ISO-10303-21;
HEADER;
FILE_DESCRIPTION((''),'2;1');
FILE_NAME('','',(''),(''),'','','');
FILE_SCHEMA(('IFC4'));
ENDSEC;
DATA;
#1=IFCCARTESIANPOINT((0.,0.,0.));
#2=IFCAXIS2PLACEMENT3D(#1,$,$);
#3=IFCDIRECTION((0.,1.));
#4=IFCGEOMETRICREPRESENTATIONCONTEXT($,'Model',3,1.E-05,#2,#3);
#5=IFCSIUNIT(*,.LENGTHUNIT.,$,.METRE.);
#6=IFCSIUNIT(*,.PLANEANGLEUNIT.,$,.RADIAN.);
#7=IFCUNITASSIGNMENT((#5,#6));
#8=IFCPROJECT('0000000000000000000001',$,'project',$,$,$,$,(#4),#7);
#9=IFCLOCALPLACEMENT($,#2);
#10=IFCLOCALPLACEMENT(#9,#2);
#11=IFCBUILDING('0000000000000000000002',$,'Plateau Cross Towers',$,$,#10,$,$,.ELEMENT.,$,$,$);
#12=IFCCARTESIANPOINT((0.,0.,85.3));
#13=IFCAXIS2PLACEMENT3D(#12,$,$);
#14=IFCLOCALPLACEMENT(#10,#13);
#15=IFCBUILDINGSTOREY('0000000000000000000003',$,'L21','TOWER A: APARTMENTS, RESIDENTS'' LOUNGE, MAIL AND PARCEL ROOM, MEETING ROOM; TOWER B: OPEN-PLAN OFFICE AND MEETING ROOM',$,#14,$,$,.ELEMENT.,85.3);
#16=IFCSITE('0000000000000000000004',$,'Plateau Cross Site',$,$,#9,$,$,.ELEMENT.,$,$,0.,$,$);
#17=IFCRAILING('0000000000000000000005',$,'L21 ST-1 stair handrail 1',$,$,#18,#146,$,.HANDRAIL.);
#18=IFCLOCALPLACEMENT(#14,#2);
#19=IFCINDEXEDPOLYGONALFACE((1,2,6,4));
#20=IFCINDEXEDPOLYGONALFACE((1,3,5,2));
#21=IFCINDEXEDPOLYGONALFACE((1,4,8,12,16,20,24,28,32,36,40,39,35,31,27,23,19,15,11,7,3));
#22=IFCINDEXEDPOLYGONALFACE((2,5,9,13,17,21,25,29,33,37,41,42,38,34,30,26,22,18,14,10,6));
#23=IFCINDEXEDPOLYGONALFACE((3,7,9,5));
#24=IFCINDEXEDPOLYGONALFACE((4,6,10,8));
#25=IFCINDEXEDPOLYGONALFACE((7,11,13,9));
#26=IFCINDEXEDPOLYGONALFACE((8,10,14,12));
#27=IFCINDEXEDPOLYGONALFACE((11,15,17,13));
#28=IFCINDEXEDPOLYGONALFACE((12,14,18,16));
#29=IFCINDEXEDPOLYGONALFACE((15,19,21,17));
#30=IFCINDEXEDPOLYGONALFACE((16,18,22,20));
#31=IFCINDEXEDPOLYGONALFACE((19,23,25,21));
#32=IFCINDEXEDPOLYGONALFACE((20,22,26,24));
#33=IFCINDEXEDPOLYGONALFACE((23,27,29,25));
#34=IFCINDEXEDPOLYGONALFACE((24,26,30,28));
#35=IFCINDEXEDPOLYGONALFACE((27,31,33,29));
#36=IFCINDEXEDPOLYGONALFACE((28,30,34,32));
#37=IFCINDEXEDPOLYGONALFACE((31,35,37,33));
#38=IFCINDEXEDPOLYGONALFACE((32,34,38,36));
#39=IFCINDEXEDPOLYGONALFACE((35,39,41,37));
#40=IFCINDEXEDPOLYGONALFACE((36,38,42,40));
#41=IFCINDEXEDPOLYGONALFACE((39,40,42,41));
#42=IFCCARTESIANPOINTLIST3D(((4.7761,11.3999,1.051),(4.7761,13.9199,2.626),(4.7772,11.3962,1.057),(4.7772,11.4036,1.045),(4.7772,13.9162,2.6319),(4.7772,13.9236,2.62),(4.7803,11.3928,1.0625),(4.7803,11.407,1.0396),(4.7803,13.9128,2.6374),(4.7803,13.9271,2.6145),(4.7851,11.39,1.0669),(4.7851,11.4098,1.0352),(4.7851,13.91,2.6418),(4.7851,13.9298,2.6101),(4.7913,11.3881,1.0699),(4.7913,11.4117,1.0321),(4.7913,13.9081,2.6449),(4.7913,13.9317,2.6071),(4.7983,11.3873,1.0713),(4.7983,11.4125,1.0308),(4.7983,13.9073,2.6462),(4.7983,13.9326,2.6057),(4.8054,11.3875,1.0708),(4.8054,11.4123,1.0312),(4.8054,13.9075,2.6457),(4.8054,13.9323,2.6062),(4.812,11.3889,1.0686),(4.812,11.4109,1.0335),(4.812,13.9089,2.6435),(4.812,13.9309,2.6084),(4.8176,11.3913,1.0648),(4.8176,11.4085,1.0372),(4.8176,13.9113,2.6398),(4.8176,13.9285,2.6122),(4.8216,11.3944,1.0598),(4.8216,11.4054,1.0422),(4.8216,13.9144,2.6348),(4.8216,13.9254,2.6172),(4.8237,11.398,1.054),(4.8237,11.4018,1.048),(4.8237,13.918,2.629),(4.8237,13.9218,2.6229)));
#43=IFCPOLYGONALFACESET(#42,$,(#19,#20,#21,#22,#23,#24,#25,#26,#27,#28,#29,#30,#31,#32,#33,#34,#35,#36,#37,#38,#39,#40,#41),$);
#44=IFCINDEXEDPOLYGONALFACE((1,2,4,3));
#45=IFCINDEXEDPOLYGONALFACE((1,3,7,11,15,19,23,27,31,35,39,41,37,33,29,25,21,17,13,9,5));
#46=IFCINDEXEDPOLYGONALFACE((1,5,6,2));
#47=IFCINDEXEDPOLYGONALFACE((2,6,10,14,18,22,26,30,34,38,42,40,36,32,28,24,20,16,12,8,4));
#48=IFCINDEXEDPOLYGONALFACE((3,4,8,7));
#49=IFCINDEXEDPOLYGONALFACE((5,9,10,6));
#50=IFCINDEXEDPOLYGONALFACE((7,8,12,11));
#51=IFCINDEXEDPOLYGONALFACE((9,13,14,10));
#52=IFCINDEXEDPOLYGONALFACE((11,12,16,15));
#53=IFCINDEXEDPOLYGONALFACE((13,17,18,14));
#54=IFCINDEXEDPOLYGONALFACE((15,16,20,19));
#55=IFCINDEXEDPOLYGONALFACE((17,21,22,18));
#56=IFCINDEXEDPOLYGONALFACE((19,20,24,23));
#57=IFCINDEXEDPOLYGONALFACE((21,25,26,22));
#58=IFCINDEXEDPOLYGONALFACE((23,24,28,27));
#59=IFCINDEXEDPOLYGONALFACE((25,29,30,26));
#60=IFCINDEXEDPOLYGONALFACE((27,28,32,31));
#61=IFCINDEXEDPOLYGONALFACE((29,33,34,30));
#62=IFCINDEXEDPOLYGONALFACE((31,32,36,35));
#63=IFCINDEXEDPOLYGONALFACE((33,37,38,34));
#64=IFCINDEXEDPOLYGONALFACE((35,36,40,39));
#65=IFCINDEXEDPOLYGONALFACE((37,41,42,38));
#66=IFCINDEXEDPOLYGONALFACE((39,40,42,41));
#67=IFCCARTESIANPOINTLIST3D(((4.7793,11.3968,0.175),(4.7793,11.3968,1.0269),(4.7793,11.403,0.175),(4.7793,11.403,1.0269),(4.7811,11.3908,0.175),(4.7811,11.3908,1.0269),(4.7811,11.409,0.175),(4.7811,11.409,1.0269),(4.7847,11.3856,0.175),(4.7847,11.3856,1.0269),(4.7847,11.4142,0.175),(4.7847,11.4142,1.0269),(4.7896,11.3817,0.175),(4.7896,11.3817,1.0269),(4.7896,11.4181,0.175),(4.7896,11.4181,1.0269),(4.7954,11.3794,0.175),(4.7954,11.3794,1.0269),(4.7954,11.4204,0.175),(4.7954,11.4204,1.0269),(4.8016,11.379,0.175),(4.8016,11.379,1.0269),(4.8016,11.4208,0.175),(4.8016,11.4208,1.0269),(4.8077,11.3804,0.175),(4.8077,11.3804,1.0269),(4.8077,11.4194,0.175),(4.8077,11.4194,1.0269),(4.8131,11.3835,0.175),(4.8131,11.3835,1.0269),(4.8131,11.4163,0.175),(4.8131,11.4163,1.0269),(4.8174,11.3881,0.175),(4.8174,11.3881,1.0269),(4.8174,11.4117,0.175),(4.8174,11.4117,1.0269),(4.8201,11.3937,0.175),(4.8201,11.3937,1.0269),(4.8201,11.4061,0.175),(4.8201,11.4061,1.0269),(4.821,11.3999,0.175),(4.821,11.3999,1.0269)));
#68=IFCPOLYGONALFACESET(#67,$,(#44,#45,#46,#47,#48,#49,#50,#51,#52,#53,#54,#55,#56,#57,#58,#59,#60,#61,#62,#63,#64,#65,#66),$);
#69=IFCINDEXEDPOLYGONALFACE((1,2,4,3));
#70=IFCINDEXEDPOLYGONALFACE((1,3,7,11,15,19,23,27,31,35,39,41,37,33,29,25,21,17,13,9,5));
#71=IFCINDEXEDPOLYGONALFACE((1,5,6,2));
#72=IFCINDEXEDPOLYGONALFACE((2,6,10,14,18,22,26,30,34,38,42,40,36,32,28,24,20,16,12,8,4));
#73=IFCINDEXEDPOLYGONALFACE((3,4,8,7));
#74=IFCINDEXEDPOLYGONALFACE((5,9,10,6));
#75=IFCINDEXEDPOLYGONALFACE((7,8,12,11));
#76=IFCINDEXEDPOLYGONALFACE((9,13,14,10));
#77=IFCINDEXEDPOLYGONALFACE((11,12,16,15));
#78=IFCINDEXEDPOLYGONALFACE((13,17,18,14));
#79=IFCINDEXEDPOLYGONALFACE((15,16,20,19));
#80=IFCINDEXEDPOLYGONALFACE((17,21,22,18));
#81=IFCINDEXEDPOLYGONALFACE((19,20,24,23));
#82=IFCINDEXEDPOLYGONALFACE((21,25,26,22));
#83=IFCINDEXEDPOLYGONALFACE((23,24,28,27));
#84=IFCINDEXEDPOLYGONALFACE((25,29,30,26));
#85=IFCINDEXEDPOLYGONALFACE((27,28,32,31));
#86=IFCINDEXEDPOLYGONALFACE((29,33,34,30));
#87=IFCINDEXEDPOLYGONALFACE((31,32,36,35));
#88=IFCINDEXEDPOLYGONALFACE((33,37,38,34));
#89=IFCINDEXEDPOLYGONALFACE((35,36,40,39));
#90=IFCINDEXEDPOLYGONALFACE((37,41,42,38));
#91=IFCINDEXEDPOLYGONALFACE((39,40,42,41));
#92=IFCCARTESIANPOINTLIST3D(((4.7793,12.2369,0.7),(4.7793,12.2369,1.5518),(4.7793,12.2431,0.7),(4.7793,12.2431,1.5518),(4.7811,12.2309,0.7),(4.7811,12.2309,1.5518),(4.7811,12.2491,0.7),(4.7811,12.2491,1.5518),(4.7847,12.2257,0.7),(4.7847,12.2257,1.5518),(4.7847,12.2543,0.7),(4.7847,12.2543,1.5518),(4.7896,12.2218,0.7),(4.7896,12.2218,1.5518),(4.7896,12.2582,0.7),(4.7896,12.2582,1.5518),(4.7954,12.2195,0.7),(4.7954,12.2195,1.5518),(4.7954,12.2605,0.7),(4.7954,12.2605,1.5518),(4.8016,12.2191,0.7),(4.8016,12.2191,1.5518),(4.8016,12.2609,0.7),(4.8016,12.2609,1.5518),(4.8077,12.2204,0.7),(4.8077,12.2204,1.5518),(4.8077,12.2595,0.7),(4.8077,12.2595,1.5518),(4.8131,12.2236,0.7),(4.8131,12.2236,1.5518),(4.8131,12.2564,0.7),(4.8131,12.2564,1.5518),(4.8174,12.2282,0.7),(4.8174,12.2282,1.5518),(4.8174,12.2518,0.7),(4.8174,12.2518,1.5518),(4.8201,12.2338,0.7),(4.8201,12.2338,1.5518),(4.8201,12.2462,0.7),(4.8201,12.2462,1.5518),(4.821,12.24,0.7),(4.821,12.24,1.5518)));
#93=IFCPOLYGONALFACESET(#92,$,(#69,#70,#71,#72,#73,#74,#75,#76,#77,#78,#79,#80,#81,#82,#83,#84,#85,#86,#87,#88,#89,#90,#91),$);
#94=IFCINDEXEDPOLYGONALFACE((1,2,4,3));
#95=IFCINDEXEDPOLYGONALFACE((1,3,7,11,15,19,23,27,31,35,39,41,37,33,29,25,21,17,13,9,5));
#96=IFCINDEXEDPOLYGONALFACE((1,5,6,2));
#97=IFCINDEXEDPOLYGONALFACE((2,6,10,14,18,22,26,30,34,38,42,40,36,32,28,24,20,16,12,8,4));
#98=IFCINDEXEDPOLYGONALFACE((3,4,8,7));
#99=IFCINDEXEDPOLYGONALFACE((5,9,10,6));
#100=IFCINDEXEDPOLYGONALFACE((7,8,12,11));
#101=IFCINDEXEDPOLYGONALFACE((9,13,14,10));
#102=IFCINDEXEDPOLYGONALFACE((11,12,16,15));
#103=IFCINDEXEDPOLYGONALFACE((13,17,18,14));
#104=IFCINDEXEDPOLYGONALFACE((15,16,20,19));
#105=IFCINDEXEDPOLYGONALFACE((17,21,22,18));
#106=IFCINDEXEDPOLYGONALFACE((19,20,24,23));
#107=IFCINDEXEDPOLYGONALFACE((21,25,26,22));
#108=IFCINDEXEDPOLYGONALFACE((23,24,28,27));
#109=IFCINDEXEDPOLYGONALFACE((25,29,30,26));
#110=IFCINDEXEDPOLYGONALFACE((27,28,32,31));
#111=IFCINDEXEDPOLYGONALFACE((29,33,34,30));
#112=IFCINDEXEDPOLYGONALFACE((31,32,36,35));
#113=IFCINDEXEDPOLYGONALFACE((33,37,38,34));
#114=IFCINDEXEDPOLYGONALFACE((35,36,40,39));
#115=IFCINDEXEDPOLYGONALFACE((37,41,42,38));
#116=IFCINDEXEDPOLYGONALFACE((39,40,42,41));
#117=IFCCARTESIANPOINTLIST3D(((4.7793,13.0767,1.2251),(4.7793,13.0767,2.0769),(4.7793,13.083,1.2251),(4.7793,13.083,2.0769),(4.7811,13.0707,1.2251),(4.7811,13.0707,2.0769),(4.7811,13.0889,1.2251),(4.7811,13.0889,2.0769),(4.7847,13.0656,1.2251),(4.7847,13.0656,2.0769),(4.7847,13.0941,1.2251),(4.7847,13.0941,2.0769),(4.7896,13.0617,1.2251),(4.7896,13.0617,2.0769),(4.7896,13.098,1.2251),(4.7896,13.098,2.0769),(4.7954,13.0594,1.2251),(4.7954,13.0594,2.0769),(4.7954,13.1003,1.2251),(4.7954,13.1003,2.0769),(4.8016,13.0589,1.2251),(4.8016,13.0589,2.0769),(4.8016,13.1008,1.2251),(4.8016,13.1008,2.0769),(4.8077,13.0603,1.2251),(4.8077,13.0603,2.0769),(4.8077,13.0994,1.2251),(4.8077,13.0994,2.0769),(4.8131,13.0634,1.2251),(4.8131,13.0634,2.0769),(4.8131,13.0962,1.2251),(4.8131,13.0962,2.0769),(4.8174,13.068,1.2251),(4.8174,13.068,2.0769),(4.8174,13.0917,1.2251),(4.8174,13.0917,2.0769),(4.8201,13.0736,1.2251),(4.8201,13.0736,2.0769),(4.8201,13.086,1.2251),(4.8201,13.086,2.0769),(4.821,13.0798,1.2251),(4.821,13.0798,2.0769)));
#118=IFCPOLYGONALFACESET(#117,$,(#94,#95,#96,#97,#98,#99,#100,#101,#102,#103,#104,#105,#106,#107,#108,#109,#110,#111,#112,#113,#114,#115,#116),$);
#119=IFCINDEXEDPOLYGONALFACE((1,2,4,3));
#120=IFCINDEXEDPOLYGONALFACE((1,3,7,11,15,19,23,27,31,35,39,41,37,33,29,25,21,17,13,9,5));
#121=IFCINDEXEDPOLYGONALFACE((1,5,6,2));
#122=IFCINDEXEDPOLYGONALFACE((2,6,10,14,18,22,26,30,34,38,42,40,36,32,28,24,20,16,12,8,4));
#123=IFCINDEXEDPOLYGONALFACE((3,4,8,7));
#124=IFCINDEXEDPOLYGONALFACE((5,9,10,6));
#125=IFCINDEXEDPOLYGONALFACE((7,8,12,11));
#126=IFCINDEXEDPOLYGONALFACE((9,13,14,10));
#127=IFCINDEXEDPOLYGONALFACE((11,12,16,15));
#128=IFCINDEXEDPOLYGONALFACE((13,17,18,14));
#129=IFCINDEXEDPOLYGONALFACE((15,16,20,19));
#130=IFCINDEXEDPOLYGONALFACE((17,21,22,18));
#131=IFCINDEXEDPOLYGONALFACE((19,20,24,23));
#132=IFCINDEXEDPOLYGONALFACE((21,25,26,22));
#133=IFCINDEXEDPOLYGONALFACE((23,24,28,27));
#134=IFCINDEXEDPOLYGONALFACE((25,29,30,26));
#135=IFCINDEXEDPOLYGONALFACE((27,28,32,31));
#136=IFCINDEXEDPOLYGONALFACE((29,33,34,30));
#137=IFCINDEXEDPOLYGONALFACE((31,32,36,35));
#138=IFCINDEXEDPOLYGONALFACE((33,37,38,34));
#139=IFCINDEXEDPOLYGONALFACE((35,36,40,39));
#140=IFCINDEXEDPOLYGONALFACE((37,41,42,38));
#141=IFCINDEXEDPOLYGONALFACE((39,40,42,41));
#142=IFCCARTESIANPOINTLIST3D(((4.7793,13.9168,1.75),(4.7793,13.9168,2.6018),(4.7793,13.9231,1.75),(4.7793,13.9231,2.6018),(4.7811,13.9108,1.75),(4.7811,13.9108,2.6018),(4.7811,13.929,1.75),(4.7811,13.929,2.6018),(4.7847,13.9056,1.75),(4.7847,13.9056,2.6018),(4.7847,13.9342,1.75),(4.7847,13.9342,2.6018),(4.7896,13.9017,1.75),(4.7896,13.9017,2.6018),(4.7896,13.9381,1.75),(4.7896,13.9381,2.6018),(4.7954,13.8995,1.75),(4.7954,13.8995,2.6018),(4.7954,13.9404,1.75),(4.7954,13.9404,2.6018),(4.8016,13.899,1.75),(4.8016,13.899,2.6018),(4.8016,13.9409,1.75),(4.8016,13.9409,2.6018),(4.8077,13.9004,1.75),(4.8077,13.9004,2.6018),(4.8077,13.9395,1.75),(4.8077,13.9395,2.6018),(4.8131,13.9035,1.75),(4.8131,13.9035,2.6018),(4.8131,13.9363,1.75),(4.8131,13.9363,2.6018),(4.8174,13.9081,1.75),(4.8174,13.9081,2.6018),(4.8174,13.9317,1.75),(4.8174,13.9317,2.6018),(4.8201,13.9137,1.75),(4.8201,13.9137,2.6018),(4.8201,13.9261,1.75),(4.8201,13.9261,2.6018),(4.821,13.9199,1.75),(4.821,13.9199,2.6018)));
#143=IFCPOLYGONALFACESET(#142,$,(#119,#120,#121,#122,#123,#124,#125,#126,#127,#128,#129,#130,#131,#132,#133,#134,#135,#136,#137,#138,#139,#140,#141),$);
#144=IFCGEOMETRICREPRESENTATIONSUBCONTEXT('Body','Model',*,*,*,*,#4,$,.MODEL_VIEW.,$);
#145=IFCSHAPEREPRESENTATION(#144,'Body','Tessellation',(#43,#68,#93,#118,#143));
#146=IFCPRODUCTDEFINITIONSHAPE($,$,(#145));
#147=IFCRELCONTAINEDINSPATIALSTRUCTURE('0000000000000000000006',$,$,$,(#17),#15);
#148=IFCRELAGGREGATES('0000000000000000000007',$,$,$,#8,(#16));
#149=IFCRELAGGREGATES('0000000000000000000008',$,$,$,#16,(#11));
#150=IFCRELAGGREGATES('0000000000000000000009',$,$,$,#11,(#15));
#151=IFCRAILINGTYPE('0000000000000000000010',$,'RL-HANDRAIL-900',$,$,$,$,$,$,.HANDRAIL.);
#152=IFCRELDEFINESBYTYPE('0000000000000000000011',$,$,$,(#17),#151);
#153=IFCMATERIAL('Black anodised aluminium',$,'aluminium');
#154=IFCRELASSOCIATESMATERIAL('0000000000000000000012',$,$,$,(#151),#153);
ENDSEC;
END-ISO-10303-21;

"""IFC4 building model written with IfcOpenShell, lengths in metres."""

from ifc_helpers import new_model, si_unit, direction, frame, origin, origin_2d, place, context, subcontext, project, spatial, circle, extrude, material, type_object, element, save


model = new_model("IFC4")

# Units and contexts
model_context = context("Model", 3, precision=1e-05, world=origin(), true_north=direction((0.0, 1.0)))
body_context = subcontext(model_context, "Body", "Model", "MODEL_VIEW")
ifc_project = project(units=[si_unit("LENGTHUNIT", "METRE"), si_unit("PLANEANGLEUNIT", "RADIAN")], contexts=[model_context])

# Site, building, storey
site_placement = place(None, origin())
site = spatial("IfcSite", under=ifc_project, at=site_placement, Name="Plateau Cross Site", CompositionType="ELEMENT", RefElevation=0.0)
building_placement = place(site_placement, origin())
building = spatial("IfcBuilding", under=site, at=building_placement, Name="Plateau Cross Towers", CompositionType="ELEMENT")
storey_placement = place(building_placement, frame((0.0, 0.0, 85.3)))
storey = spatial("IfcBuildingStorey", under=building, at=storey_placement, Name="L21", Description="TOWER A: APARTMENTS, RESIDENTS' LOUNGE, MAIL AND PARCEL ROOM, MEETING ROOM; TOWER B: OPEN-PLAN OFFICE AND MEETING ROOM", CompositionType="ELEMENT", Elevation=85.3)

# Shared definitions
ifc_material_1 = material(Name="Black anodised aluminium", Category="aluminium")

# Railing
railing_type_1 = type_object("IfcRailingType", Name="RL-HANDRAIL-900", PredefinedType="HANDRAIL", material=ifc_material_1)
railing_1_placement = place(storey_placement, frame((4.8, 11.3999, 0.175)))
element("IfcRailing", 1, at=railing_1_placement, inside=storey, type_object=railing_type_1, Name="L21 ST-1 stair handrail 1", PredefinedType="HANDRAIL", context=body_context, shape_type="SweptSolid", body=[
    extrude(circle(Radius=0.0239, at=origin_2d()), frame((0.0, 0.0, 0.876), z_axis=(0.0, 0.848008, 0.529984), x_axis=(-1.0, 0.0, 0.0)), (0.0, 0.0, 1.0), 2.9717),
    extrude(circle(Radius=0.021, at=origin_2d()), origin(), (0.0, 0.0, 1.0), 0.8518),
    extrude(circle(Radius=0.021, at=origin_2d()), frame((0.0, 0.8401, 0.5249)), (0.0, 0.0, 1.0), 0.8518),
    extrude(circle(Radius=0.021, at=origin_2d()), frame((0.0, 1.6799, 1.05)), (0.0, 0.0, 1.0), 0.8518),
    extrude(circle(Radius=0.021, at=origin_2d()), frame((0.0, 2.52, 1.575)), (0.0, 0.0, 1.0), 0.8518),
])

save(model, "model.ifc")
